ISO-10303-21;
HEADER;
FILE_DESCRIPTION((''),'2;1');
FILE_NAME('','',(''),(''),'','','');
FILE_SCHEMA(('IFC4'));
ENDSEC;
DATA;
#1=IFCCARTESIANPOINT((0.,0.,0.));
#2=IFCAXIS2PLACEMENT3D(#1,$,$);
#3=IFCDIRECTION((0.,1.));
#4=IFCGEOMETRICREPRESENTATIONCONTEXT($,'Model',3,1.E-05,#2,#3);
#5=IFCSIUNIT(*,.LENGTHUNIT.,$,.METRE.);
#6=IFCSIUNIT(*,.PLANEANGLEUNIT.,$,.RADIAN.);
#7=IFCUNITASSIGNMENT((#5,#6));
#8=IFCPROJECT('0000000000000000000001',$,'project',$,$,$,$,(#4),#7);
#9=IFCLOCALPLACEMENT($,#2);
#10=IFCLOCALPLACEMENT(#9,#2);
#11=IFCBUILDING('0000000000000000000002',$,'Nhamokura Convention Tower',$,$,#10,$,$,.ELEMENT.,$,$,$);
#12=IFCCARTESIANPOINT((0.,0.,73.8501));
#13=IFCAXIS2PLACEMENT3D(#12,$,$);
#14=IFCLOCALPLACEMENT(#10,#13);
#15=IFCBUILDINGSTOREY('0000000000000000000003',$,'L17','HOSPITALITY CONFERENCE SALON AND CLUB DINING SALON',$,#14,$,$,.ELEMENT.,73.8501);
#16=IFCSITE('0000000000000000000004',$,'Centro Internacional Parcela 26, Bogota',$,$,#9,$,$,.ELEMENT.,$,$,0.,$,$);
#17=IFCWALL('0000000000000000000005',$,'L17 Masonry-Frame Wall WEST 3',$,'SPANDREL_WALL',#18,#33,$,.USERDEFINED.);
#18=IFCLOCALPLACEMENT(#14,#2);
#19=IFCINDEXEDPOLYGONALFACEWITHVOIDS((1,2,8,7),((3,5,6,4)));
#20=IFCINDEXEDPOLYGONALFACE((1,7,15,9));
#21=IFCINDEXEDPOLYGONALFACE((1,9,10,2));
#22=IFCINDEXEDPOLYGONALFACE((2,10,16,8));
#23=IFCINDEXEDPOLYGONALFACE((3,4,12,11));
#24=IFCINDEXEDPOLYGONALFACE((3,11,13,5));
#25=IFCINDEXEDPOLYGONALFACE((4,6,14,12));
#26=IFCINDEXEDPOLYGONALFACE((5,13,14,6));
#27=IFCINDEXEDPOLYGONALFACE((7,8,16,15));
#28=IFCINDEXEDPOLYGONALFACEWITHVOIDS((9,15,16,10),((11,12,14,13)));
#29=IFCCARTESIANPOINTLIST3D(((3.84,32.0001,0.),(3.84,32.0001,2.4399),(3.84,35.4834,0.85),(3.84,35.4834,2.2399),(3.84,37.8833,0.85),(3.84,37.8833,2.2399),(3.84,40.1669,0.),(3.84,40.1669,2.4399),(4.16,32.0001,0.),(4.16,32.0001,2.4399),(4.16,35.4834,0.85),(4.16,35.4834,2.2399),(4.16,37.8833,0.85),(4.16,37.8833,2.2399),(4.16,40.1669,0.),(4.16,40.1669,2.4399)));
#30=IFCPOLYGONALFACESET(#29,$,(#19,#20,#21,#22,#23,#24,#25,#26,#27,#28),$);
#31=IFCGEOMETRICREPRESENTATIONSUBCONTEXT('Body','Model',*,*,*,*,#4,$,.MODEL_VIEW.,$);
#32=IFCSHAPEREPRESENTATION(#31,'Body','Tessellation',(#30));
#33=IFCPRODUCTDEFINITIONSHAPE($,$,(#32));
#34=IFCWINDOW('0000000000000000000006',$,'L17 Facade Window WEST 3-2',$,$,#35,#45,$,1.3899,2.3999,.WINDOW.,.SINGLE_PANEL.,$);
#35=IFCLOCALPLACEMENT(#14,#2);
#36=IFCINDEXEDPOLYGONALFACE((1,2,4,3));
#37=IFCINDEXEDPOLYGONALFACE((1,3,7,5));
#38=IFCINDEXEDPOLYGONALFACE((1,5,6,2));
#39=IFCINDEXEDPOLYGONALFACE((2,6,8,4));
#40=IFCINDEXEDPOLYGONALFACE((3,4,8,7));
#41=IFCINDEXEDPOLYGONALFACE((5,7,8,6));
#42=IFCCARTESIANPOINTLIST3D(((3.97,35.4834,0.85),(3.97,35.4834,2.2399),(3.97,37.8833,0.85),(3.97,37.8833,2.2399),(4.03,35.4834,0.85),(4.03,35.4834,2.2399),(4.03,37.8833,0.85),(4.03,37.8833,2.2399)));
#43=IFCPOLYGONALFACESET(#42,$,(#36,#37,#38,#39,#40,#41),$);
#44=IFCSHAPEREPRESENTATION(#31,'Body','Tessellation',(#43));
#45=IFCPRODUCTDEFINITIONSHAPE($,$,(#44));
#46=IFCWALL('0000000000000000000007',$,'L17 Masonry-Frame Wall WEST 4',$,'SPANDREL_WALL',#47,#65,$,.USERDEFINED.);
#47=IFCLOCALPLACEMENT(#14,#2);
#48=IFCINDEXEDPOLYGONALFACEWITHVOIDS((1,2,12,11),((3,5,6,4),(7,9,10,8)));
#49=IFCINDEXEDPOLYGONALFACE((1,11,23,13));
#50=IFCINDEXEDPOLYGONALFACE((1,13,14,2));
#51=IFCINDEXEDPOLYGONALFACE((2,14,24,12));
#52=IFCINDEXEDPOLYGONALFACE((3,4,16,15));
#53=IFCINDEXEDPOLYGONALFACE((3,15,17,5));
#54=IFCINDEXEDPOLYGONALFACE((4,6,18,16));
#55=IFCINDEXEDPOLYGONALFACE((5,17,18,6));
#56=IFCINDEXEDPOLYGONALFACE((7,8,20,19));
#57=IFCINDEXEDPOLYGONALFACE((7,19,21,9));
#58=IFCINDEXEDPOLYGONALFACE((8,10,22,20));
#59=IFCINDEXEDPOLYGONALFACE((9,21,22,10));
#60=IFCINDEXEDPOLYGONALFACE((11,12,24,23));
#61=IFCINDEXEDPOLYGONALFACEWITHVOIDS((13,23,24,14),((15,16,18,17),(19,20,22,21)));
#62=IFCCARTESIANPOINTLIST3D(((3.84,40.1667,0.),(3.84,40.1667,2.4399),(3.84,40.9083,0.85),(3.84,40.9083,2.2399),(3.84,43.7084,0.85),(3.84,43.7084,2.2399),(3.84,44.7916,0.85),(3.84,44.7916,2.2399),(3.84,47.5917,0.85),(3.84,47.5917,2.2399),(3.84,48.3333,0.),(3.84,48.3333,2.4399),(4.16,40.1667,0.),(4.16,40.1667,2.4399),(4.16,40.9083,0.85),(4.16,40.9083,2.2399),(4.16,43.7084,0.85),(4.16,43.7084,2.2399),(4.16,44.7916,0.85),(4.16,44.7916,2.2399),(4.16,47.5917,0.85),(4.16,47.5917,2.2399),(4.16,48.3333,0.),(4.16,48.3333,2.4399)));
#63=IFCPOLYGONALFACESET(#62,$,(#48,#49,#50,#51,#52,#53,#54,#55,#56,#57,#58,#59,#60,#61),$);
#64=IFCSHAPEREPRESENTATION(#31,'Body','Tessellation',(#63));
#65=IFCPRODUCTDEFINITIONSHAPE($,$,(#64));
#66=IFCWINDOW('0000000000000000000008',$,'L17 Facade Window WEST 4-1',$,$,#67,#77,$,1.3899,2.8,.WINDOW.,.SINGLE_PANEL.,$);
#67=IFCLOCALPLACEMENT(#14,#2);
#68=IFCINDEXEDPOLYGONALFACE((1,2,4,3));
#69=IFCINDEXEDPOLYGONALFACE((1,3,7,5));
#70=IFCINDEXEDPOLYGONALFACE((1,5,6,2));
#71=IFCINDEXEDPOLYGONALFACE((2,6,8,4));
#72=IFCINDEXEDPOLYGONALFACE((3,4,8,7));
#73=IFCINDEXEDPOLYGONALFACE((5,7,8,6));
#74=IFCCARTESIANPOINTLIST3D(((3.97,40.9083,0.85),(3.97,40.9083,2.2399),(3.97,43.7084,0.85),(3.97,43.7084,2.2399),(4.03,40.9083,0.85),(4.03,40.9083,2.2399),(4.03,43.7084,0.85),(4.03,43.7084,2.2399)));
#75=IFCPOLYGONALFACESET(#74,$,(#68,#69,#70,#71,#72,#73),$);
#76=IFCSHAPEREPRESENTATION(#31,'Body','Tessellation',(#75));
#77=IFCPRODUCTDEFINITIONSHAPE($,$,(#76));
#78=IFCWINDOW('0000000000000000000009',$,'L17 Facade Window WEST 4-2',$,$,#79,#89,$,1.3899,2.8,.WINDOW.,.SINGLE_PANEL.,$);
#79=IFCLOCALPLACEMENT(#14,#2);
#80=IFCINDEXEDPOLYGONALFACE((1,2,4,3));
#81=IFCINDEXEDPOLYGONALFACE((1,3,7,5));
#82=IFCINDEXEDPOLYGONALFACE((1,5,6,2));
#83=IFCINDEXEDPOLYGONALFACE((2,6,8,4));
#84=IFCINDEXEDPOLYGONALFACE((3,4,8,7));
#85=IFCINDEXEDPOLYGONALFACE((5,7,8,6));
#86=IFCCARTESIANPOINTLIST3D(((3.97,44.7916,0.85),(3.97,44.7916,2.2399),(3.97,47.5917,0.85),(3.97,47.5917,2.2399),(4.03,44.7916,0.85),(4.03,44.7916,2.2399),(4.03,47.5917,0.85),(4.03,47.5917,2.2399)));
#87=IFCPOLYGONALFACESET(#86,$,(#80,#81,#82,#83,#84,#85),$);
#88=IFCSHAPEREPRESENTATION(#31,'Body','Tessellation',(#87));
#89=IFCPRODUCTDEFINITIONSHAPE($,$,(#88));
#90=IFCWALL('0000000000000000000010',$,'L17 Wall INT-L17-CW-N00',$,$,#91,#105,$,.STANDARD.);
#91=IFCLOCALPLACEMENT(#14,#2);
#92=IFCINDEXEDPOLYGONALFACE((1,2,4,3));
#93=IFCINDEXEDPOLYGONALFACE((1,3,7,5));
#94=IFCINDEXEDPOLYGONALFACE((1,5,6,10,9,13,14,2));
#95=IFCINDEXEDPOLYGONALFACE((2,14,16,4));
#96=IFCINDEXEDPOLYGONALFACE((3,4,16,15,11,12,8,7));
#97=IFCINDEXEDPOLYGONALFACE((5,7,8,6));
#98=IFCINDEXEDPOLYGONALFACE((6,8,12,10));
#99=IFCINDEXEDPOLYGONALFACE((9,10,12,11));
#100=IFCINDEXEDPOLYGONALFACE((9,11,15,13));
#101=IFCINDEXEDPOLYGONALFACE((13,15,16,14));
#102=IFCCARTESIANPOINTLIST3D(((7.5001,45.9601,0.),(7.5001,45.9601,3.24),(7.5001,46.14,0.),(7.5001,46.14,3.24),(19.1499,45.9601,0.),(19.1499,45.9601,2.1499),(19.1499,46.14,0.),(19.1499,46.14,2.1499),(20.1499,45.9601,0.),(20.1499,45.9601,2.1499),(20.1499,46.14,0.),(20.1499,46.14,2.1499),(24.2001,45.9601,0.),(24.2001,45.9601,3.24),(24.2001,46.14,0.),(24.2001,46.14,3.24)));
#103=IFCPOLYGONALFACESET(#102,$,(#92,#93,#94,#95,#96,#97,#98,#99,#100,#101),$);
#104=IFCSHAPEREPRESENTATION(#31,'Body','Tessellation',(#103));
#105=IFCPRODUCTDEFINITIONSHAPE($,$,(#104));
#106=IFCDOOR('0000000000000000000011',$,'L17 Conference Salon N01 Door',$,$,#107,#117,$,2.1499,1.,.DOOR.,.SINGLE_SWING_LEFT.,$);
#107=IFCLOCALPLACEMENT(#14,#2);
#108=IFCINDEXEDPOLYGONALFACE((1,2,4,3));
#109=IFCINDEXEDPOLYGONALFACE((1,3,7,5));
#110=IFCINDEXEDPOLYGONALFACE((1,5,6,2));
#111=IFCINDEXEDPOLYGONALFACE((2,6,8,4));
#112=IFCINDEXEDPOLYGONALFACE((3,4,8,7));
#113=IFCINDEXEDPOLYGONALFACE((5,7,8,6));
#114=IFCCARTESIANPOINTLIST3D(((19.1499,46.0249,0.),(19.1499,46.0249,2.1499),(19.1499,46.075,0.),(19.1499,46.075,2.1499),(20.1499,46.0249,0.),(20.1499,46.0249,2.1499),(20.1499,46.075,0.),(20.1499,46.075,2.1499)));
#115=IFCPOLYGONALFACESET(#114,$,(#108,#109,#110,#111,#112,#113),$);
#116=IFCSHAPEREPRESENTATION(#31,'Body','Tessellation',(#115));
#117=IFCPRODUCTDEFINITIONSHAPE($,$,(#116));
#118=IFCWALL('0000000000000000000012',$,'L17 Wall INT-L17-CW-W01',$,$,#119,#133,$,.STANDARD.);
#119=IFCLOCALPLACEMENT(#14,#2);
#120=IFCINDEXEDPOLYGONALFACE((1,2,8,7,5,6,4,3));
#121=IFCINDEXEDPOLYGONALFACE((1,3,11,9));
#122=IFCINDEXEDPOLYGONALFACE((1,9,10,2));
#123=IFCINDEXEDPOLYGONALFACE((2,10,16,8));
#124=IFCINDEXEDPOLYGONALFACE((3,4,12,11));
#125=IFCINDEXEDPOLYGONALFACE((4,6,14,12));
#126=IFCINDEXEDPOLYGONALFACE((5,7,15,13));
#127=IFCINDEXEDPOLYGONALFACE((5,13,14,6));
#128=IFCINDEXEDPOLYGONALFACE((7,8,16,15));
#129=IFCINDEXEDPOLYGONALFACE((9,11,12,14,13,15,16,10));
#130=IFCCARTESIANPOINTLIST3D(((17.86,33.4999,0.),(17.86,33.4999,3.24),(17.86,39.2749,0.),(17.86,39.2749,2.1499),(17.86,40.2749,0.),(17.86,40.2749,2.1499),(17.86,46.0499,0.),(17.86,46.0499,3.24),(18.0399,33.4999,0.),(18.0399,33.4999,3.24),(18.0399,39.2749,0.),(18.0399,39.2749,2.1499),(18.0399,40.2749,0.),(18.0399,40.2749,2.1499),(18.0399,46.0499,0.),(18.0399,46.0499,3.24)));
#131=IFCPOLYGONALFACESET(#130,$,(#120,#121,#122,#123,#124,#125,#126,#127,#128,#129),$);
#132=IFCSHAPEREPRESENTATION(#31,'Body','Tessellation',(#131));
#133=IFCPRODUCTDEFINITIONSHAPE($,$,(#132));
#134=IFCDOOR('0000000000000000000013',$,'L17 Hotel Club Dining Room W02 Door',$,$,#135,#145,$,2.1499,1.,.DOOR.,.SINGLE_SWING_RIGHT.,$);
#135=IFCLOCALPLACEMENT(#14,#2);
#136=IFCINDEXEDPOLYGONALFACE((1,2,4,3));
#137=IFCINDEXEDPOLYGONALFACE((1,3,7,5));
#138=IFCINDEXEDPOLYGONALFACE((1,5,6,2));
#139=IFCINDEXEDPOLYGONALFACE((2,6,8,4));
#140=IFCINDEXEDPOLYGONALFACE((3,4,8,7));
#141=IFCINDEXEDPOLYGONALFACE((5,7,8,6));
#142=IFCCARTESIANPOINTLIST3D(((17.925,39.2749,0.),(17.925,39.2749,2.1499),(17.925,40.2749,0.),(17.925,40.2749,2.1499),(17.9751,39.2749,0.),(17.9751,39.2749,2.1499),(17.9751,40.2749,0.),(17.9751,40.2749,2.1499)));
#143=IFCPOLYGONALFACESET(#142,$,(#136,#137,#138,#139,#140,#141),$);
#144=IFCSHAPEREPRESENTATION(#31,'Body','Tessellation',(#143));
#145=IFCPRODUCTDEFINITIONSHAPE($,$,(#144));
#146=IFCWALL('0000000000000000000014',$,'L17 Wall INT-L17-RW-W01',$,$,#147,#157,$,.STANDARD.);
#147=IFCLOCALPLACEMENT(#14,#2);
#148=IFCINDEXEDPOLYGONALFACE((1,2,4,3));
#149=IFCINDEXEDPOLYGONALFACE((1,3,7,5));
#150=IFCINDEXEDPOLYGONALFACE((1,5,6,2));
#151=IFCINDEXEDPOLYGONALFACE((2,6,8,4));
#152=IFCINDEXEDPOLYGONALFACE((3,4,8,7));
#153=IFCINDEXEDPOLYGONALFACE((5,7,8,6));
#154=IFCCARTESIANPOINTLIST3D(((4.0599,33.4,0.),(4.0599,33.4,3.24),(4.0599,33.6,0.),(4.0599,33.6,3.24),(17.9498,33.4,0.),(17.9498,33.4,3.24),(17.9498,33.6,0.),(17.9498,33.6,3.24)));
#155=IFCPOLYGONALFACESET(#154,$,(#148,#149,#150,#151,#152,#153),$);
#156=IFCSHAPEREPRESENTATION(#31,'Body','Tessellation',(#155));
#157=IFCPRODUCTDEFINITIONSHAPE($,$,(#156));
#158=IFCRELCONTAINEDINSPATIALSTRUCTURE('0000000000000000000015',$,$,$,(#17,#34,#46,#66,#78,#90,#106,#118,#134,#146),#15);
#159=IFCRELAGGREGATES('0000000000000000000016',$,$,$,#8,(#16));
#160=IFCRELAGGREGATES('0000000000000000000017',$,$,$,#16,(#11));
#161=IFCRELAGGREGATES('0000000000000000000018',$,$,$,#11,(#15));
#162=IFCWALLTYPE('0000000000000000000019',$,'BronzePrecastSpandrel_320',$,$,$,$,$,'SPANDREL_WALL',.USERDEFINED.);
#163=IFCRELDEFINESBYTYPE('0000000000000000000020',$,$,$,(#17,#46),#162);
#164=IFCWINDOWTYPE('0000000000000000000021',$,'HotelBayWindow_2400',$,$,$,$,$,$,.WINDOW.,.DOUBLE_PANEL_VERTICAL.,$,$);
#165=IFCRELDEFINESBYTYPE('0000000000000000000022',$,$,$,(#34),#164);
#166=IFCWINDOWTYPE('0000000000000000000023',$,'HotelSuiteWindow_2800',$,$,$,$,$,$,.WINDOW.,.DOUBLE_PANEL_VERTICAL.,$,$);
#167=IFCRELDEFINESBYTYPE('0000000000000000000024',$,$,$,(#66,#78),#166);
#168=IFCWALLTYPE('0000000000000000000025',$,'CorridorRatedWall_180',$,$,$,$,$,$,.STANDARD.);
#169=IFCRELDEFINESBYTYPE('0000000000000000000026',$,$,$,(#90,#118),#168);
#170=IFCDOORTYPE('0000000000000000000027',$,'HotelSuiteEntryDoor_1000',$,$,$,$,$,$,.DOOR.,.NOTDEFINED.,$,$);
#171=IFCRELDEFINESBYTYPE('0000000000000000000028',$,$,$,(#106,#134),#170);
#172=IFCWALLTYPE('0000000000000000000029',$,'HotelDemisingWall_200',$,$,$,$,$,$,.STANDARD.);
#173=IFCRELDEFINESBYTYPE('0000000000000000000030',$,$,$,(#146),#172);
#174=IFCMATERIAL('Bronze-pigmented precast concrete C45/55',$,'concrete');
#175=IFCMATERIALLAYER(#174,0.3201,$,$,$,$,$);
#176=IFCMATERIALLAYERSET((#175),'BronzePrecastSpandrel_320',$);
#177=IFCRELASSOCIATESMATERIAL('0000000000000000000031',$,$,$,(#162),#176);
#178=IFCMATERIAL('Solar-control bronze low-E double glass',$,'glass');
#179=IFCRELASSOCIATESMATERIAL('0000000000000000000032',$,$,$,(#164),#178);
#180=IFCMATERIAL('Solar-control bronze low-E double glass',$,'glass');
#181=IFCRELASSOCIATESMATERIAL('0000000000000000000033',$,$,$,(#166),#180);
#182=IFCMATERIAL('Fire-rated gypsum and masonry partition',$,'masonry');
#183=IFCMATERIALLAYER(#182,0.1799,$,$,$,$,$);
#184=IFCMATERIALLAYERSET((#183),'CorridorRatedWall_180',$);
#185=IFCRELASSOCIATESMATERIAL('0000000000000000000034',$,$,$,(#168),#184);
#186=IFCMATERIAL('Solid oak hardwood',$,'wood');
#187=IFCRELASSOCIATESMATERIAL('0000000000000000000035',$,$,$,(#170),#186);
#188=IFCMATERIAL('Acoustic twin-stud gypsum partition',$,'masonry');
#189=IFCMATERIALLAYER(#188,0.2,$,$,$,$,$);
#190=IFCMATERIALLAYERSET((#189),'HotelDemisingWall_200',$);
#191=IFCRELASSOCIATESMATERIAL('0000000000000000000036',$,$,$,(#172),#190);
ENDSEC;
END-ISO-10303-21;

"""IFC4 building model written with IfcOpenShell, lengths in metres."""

from ifc_helpers import new_model, si_unit, direction, frame, frame_2d, origin, place, context, subcontext, project, spatial, rectangle, extrude, material, layer, layer_set, type_object, element, fill, save


model = new_model("IFC4")

# Units and contexts
model_context = context("Model", 3, precision=1e-05, world=origin(), true_north=direction((0.0, 1.0)))
body_context = subcontext(model_context, "Body", "Model", "MODEL_VIEW")
ifc_project = project(units=[si_unit("LENGTHUNIT", "METRE"), si_unit("PLANEANGLEUNIT", "RADIAN")], contexts=[model_context])

# Site, building, storey
site_placement = place(None, origin())
site = spatial("IfcSite", under=ifc_project, at=site_placement, Name="Centro Internacional Parcela 26, Bogota", CompositionType="ELEMENT", RefElevation=0.0)
building_placement = place(site_placement, origin())
building = spatial("IfcBuilding", under=site, at=building_placement, Name="Nhamokura Convention Tower", CompositionType="ELEMENT")
storey_placement = place(building_placement, frame((0.0, 0.0, 73.8501)))
storey = spatial("IfcBuildingStorey", under=building, at=storey_placement, Name="L17", Description="HOSPITALITY CONFERENCE SALON AND CLUB DINING SALON", CompositionType="ELEMENT", Elevation=73.8501)

# Wall, opening, window
ifc_material_1 = material(Name="Bronze-pigmented precast concrete C45/55", Category="concrete")
ifc_layer_1 = layer(ifc_material_1, 0.3201)
ifc_layer_set_1 = layer_set([ifc_layer_1], Name="BronzePrecastSpandrel_320")
wall_type_1 = type_object("IfcWallType", Name="BronzePrecastSpandrel_320", ElementType="SPANDREL_WALL", PredefinedType="USERDEFINED", material=ifc_layer_set_1)
wall_1_placement = place(storey_placement, frame((4.0, 32.0, 0.0), z_axis=(0.0, 0.0, 1.0), x_axis=(0.0, 1.0, 0.0)))
wall_1 = element("IfcWall", 1, at=wall_1_placement, inside=storey, type_object=wall_type_1, Name="L17 Masonry-Frame Wall WEST 3", ObjectType="SPANDREL_WALL", PredefinedType="USERDEFINED", context=body_context, shape_type="SweptSolid", body=[
    extrude(rectangle(XDim=8.1667, YDim=0.3201, at=frame_2d((4.0835, 0.0))), origin(), (0.0, 0.0, 1.0), 2.4399),
])
opening_1_placement = place(wall_1_placement, frame((3.4834, 0.0, 0.8501)))
opening_1 = element("IfcOpeningElement", 2, at=opening_1_placement, cuts=wall_1, PredefinedType="OPENING", context=body_context, shape_type="SweptSolid", body=[
    extrude(rectangle(XDim=2.3999, YDim=1.3899, at=frame_2d((1.2, 0.6948))), frame((0.0, 0.1699, 0.0), z_axis=(0.0, -1.0, 0.0), x_axis=(1.0, 0.0, 0.0)), (0.0, 0.0, 1.0), 0.3401),
])
ifc_material_2 = material(Name="Solar-control bronze low-E double glass", Category="glass")
window_type_1 = type_object("IfcWindowType", Name="HotelBayWindow_2400", PartitioningType="DOUBLE_PANEL_VERTICAL", PredefinedType="WINDOW", material=ifc_material_2)
window_1_placement = place(opening_1_placement, origin())
window_1 = element("IfcWindow", 3, at=window_1_placement, inside=storey, type_object=window_type_1, Name="L17 Facade Window WEST 3-2", OverallHeight=1.3899, OverallWidth=2.3999, PartitioningType="SINGLE_PANEL", PredefinedType="WINDOW", context=body_context, shape_type="SweptSolid", body=[
    extrude(rectangle(XDim=2.3999, YDim=1.3899, at=frame_2d((1.2, 0.6948))), frame((0.0, 0.03, 0.0), z_axis=(0.0, -1.0, 0.0), x_axis=(1.0, 0.0, 0.0)), (0.0, 0.0, 1.0), 0.0601),
])
fill(opening_1, window_1)

# Wall, openings, windows
wall_2_placement = place(storey_placement, frame((4.0, 40.1667, 0.0), z_axis=(0.0, 0.0, 1.0), x_axis=(0.0, 1.0, 0.0)))
wall_2 = element("IfcWall", 4, at=wall_2_placement, inside=storey, type_object=wall_type_1, Name="L17 Masonry-Frame Wall WEST 4", ObjectType="SPANDREL_WALL", PredefinedType="USERDEFINED", context=body_context, shape_type="SweptSolid", body=[
    extrude(rectangle(XDim=8.1665, YDim=0.3201, at=frame_2d((4.0833, 0.0))), origin(), (0.0, 0.0, 1.0), 2.4399),
])
opening_2_placement = place(wall_2_placement, frame((0.7417, 0.0, 0.8501)))
opening_2 = element("IfcOpeningElement", 5, at=opening_2_placement, cuts=wall_2, PredefinedType="OPENING", context=body_context, shape_type="SweptSolid", body=[
    extrude(rectangle(XDim=2.8, YDim=1.3899, at=frame_2d((1.3999, 0.6948))), frame((0.0, 0.1699, 0.0), z_axis=(0.0, -1.0, 0.0), x_axis=(1.0, 0.0, 0.0)), (0.0, 0.0, 1.0), 0.3401),
])
opening_3_placement = place(wall_2_placement, frame((4.625, 0.0, 0.8501)))
opening_3 = element("IfcOpeningElement", 6, at=opening_3_placement, cuts=wall_2, PredefinedType="OPENING", context=body_context, shape_type="SweptSolid", body=[
    extrude(rectangle(XDim=2.8, YDim=1.3899, at=frame_2d((1.3999, 0.6948))), frame((0.0, 0.1699, 0.0), z_axis=(0.0, -1.0, 0.0), x_axis=(1.0, 0.0, 0.0)), (0.0, 0.0, 1.0), 0.3401),
])
ifc_material_3 = material(Name="Solar-control bronze low-E double glass", Category="glass")
window_type_2 = type_object("IfcWindowType", Name="HotelSuiteWindow_2800", PartitioningType="DOUBLE_PANEL_VERTICAL", PredefinedType="WINDOW", material=ifc_material_3)
window_2_placement = place(opening_2_placement, origin())
window_2 = element("IfcWindow", 7, at=window_2_placement, inside=storey, type_object=window_type_2, Name="L17 Facade Window WEST 4-1", OverallHeight=1.3899, OverallWidth=2.8, PartitioningType="SINGLE_PANEL", PredefinedType="WINDOW", context=body_context, shape_type="SweptSolid", body=[
    extrude(rectangle(XDim=2.8, YDim=1.3899, at=frame_2d((1.3999, 0.6948))), frame((0.0, 0.03, 0.0), z_axis=(0.0, -1.0, 0.0), x_axis=(1.0, 0.0, 0.0)), (0.0, 0.0, 1.0), 0.0601),
])
fill(opening_2, window_2)
window_3_placement = place(opening_3_placement, origin())
window_3 = element("IfcWindow", 8, at=window_3_placement, inside=storey, type_object=window_type_2, Name="L17 Facade Window WEST 4-2", OverallHeight=1.3899, OverallWidth=2.8, PartitioningType="SINGLE_PANEL", PredefinedType="WINDOW", context=body_context, shape_type="SweptSolid", body=[
    extrude(rectangle(XDim=2.8, YDim=1.3899, at=frame_2d((1.3999, 0.6948))), frame((0.0, 0.03, 0.0), z_axis=(0.0, -1.0, 0.0), x_axis=(1.0, 0.0, 0.0)), (0.0, 0.0, 1.0), 0.0601),
])
fill(opening_3, window_3)

# Walls, openings, doors
ifc_material_4 = material(Name="Fire-rated gypsum and masonry partition", Category="masonry")
ifc_layer_2 = layer(ifc_material_4, 0.1799)
ifc_layer_set_2 = layer_set([ifc_layer_2], Name="CorridorRatedWall_180")
wall_type_2 = type_object("IfcWallType", Name="CorridorRatedWall_180", PredefinedType="STANDARD", material=ifc_layer_set_2)
wall_3_placement = place(storey_placement, frame((7.5, 46.05, 0.0), z_axis=(0.0, 0.0, 1.0), x_axis=(1.0, 0.0, 0.0)))
wall_3 = element("IfcWall", 9, at=wall_3_placement, inside=storey, type_object=wall_type_2, Name="L17 Wall INT-L17-CW-N00", PredefinedType="STANDARD", context=body_context, shape_type="SweptSolid", body=[
    extrude(rectangle(XDim=16.7, YDim=0.1799, at=frame_2d((8.3501, 0.0))), origin(), (0.0, 0.0, 1.0), 3.24),
])
opening_4_placement = place(wall_3_placement, frame((11.6499, 0.0, 0.0)))
opening_4 = element("IfcOpeningElement", 10, at=opening_4_placement, cuts=wall_3, PredefinedType="OPENING", context=body_context, shape_type="SweptSolid", body=[
    extrude(rectangle(XDim=1.0, YDim=2.1499, at=frame_2d((0.5, 1.075))), frame((0.0, 0.0999, 0.0), z_axis=(0.0, -1.0, 0.0), x_axis=(1.0, 0.0, 0.0)), (0.0, 0.0, 1.0), 0.2),
])
ifc_material_5 = material(Name="Solid oak hardwood", Category="wood")
door_type = type_object("IfcDoorType", Name="HotelSuiteEntryDoor_1000", OperationType="NOTDEFINED", PredefinedType="DOOR", material=ifc_material_5)
door_1_placement = place(opening_4_placement, origin())
door_1 = element("IfcDoor", 11, at=door_1_placement, inside=storey, type_object=door_type, Name="L17 Conference Salon N01 Door", OperationType="SINGLE_SWING_LEFT", OverallHeight=2.1499, OverallWidth=1.0, PredefinedType="DOOR", context=body_context, shape_type="SweptSolid", body=[
    extrude(rectangle(XDim=1.0, YDim=2.1499, at=frame_2d((0.5, 1.075))), frame((0.0, 0.0249, 0.0), z_axis=(0.0, -1.0, 0.0), x_axis=(1.0, 0.0, 0.0)), (0.0, 0.0, 1.0), 0.05),
])
fill(opening_4, door_1)
wall_4_placement = place(storey_placement, frame((17.95, 33.5, 0.0), z_axis=(0.0, 0.0, 1.0), x_axis=(0.0, 1.0, 0.0)))
wall_4 = element("IfcWall", 12, at=wall_4_placement, inside=storey, type_object=wall_type_2, Name="L17 Wall INT-L17-CW-W01", PredefinedType="STANDARD", context=body_context, shape_type="SweptSolid", body=[
    extrude(rectangle(XDim=12.55, YDim=0.1799, at=frame_2d((6.2749, 0.0))), origin(), (0.0, 0.0, 1.0), 3.24),
])
opening_5_placement = place(wall_4_placement, frame((5.7749, 0.0, 0.0)))
opening_5 = element("IfcOpeningElement", 13, at=opening_5_placement, cuts=wall_4, PredefinedType="OPENING", context=body_context, shape_type="SweptSolid", body=[
    extrude(rectangle(XDim=1.0, YDim=2.1499, at=frame_2d((0.5, 1.075))), frame((0.0, 0.0999, 0.0), z_axis=(0.0, -1.0, 0.0), x_axis=(1.0, 0.0, 0.0)), (0.0, 0.0, 1.0), 0.2),
])
door_2_placement = place(opening_5_placement, origin())
door_2 = element("IfcDoor", 14, at=door_2_placement, inside=storey, type_object=door_type, Name="L17 Hotel Club Dining Room W02 Door", OperationType="SINGLE_SWING_RIGHT", OverallHeight=2.1499, OverallWidth=1.0, PredefinedType="DOOR", context=body_context, shape_type="SweptSolid", body=[
    extrude(rectangle(XDim=1.0, YDim=2.1499, at=frame_2d((0.5, 1.075))), frame((0.0, 0.0249, 0.0), z_axis=(0.0, -1.0, 0.0), x_axis=(1.0, 0.0, 0.0)), (0.0, 0.0, 1.0), 0.05),
])
fill(opening_5, door_2)

# Wall
ifc_material_6 = material(Name="Acoustic twin-stud gypsum partition", Category="masonry")
ifc_layer_3 = layer(ifc_material_6, 0.2)
ifc_layer_set_3 = layer_set([ifc_layer_3], Name="HotelDemisingWall_200")
wall_type_3 = type_object("IfcWallType", Name="HotelDemisingWall_200", PredefinedType="STANDARD", material=ifc_layer_set_3)
wall_5_placement = place(storey_placement, frame((4.0601, 33.5, 0.0), z_axis=(0.0, 0.0, 1.0), x_axis=(1.0, 0.0, 0.0)))
element("IfcWall", 15, at=wall_5_placement, inside=storey, type_object=wall_type_3, Name="L17 Wall INT-L17-RW-W01", PredefinedType="STANDARD", context=body_context, shape_type="SweptSolid", body=[
    extrude(rectangle(XDim=13.8899, YDim=0.2, at=frame_2d((6.9448, 0.0))), origin(), (0.0, 0.0, 1.0), 3.24),
])

save(model, "model.ifc")
